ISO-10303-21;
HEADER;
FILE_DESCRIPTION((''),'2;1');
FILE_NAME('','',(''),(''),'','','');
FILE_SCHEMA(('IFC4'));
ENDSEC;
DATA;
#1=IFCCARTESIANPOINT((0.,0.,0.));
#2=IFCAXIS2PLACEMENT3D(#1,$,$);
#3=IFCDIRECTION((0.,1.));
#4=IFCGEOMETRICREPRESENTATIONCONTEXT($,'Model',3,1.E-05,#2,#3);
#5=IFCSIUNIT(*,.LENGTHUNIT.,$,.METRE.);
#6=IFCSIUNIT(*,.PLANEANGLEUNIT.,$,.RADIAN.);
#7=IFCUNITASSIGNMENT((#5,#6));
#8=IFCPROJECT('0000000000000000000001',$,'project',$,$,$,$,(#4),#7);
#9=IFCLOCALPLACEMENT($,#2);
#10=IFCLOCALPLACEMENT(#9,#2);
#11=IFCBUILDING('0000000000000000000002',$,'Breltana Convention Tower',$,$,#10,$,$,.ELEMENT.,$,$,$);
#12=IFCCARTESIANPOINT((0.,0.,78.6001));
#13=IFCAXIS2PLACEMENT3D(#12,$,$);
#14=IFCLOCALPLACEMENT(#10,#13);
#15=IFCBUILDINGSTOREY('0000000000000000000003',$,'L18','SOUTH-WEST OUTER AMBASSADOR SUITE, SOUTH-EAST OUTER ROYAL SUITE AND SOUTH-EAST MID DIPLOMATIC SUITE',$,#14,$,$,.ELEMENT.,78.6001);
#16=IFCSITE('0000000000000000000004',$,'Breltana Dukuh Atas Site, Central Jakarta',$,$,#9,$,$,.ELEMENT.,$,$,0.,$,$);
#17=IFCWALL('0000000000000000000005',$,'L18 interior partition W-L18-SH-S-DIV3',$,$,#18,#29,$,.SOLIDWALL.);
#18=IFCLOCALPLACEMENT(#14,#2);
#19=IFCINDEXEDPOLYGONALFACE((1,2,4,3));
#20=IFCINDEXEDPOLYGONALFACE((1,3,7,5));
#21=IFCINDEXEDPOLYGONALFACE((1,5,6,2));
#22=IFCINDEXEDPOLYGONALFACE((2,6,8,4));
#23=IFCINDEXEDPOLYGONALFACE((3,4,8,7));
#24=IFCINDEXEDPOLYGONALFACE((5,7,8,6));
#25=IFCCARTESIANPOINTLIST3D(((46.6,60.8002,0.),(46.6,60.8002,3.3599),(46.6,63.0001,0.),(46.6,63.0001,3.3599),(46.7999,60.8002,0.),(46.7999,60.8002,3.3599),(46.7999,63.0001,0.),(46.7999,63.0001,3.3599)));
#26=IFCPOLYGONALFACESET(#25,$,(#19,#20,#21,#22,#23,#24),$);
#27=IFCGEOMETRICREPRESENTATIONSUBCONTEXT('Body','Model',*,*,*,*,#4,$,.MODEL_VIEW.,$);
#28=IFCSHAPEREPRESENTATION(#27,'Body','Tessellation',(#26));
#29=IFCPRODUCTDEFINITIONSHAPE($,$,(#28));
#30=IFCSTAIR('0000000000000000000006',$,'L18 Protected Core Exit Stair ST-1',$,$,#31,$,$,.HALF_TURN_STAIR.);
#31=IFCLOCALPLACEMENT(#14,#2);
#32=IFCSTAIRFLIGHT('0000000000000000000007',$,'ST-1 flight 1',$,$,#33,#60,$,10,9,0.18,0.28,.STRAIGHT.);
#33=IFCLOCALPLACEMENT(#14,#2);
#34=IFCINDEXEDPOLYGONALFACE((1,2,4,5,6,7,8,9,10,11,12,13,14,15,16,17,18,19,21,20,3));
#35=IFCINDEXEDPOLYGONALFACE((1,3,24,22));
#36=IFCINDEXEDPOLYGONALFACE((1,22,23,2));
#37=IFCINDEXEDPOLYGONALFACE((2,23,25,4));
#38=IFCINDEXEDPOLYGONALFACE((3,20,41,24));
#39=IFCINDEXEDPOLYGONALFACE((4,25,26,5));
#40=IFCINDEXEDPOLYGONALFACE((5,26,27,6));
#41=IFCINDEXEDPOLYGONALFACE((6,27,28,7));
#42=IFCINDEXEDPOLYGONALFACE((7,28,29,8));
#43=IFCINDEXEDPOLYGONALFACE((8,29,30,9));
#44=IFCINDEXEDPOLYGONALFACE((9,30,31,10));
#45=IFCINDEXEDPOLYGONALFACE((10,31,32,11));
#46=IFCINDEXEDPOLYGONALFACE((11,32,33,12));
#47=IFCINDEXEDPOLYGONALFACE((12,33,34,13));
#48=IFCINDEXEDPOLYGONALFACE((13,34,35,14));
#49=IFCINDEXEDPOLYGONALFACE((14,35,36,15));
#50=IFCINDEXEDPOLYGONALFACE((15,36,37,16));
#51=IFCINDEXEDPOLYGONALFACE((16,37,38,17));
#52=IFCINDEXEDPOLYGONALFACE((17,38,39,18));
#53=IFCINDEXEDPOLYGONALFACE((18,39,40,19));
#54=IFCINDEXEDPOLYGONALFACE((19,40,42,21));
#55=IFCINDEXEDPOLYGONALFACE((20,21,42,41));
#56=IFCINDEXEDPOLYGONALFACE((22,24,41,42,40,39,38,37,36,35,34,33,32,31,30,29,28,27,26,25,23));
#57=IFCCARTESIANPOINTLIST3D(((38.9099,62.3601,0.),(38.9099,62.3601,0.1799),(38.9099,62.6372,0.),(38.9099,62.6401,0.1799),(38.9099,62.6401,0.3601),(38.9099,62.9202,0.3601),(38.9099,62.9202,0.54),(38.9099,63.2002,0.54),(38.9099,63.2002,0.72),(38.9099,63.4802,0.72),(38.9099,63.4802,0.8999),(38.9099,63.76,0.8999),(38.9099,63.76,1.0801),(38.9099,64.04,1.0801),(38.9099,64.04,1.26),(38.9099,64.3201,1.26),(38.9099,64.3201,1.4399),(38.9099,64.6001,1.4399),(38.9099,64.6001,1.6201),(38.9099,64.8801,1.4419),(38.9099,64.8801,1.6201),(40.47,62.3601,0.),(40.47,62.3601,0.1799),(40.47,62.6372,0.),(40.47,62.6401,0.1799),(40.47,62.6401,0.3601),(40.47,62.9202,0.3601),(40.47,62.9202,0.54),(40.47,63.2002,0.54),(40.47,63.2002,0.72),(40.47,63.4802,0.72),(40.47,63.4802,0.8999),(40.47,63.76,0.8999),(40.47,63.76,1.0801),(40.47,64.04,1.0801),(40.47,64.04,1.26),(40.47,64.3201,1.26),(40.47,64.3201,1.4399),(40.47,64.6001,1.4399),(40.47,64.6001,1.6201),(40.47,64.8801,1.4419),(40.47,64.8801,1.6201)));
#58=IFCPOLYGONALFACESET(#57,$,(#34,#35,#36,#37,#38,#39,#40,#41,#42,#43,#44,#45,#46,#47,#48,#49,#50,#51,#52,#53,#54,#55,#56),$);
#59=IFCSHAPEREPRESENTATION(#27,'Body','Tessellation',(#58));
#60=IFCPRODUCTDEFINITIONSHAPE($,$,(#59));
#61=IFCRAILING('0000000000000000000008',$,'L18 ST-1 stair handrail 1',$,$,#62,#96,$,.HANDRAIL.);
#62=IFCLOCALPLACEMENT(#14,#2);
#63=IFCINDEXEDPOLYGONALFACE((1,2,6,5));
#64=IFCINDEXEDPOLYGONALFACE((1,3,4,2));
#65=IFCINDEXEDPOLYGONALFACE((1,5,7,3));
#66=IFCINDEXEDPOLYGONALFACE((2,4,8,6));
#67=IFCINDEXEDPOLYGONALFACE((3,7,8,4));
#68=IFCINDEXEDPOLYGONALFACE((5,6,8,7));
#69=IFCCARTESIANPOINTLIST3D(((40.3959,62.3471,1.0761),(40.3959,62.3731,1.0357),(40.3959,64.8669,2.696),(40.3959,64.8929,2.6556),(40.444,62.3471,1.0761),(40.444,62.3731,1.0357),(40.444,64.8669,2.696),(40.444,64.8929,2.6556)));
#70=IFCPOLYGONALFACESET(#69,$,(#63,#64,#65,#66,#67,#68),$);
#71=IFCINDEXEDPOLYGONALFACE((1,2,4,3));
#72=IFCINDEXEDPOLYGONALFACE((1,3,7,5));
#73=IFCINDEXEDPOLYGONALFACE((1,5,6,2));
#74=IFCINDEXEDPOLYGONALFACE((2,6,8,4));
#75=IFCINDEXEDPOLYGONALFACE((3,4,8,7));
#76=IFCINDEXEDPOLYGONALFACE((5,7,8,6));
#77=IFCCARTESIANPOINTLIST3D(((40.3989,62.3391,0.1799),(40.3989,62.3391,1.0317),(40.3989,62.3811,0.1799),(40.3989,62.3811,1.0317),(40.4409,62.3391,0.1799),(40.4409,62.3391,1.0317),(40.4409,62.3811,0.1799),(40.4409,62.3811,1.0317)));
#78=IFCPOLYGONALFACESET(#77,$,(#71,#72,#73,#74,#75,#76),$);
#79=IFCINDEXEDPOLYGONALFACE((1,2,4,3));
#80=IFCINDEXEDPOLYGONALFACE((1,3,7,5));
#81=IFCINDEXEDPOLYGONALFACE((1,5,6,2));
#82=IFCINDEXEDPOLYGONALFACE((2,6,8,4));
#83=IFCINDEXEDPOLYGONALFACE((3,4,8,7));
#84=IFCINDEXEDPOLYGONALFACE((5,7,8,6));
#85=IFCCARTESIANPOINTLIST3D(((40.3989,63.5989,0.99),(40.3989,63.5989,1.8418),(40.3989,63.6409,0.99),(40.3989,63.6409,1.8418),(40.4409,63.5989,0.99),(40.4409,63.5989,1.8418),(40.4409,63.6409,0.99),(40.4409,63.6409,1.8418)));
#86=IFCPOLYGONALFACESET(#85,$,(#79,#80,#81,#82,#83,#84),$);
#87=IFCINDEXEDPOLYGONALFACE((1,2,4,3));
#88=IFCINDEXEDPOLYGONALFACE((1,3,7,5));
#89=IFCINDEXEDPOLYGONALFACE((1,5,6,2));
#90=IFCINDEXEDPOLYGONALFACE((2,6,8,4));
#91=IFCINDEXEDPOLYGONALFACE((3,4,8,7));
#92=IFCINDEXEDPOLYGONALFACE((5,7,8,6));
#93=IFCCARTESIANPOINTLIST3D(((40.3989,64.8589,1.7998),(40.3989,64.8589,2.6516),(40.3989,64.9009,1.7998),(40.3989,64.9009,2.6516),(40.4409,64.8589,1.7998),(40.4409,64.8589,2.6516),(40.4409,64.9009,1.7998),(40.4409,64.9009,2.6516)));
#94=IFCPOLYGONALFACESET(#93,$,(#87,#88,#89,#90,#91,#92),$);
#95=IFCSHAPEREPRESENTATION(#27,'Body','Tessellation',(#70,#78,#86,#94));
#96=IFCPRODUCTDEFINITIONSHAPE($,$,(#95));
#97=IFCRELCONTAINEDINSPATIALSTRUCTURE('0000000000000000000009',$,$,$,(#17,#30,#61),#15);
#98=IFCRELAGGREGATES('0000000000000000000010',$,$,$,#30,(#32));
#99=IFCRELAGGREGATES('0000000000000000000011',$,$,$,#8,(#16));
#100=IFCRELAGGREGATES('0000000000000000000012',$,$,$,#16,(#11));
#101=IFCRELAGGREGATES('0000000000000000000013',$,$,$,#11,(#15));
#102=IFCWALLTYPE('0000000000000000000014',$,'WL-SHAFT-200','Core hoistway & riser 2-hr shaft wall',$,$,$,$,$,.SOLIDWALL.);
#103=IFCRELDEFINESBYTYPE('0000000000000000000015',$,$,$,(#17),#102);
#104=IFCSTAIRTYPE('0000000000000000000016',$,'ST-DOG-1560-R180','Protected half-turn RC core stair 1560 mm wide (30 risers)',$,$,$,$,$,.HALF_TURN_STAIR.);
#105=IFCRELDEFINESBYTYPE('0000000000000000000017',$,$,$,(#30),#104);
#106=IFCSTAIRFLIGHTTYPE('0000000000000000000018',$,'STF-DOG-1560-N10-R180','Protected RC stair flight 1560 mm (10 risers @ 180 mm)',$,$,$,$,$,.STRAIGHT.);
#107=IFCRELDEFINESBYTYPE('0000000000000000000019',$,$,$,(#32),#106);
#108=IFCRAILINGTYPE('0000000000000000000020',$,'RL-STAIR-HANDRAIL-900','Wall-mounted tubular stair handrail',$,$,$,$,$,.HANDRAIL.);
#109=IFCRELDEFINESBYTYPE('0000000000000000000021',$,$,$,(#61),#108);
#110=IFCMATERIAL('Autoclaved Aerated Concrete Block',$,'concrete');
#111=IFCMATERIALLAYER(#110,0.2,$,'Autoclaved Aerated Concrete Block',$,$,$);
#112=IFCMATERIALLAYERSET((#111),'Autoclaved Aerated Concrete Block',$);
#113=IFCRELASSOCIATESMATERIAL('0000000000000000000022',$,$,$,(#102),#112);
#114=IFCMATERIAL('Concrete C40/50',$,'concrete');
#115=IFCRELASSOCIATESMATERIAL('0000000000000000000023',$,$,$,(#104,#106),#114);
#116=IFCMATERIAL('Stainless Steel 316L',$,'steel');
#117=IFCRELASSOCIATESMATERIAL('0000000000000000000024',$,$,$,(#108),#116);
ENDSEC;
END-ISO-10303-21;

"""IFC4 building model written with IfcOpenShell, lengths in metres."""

from ifc_helpers import new_model, si_unit, direction, frame, frame_2d, origin, origin_2d, place, context, subcontext, project, spatial, polyline, rectangle, outline, extrude, source, transform, mapped, material, layer, layer_set, type_object, element, aggregate, save


model = new_model("IFC4")

# Units and contexts
model_context = context("Model", 3, precision=1e-05, world=origin(), true_north=direction((0.0, 1.0)))
body_context = subcontext(model_context, "Body", "Model", "MODEL_VIEW")
ifc_project = project(units=[si_unit("LENGTHUNIT", "METRE"), si_unit("PLANEANGLEUNIT", "RADIAN")], contexts=[model_context])

# Site, building, storey
site_placement = place(None, origin())
site = spatial("IfcSite", under=ifc_project, at=site_placement, Name="Breltana Dukuh Atas Site, Central Jakarta", CompositionType="ELEMENT", RefElevation=0.0)
building_placement = place(site_placement, origin())
building = spatial("IfcBuilding", under=site, at=building_placement, Name="Breltana Convention Tower", CompositionType="ELEMENT")
storey_placement = place(building_placement, frame((0.0, 0.0, 78.6001)))
storey = spatial("IfcBuildingStorey", under=building, at=storey_placement, Name="L18", Description="SOUTH-WEST OUTER AMBASSADOR SUITE, SOUTH-EAST OUTER ROYAL SUITE AND SOUTH-EAST MID DIPLOMATIC SUITE", CompositionType="ELEMENT", Elevation=78.6001)

# Shared definitions
ifc_material_1 = material(Name="Autoclaved Aerated Concrete Block", Category="concrete")
ifc_layer_1 = layer(ifc_material_1, 0.2, Name="Autoclaved Aerated Concrete Block")
ifc_layer_set_1 = layer_set([ifc_layer_1], Name="Autoclaved Aerated Concrete Block")
wall_type_1 = type_object("IfcWallType", Name="WL-SHAFT-200", Description="Core hoistway & riser 2-hr shaft wall", PredefinedType="SOLIDWALL", material=ifc_layer_set_1)

# Wall
shared_shape_1 = source(origin(), body_context, "Body", "SweptSolid", [
    extrude(rectangle(XDim=2.2, YDim=0.2, at=frame_2d((1.1001, 0.0))), origin(), (0.0, 0.0, 1.0), 3.3599),
])
for number, where, z_axis, x_axis, name in (
    (1, (46.7, 60.8, 0.0), (0.0, 0.0, 1.0), (0.0, 1.0, 0.0), "L18 interior partition W-L18-SH-S-DIV3"),
):
    element("IfcWall", number, at=place(storey_placement, frame(where, z_axis=z_axis, x_axis=x_axis)), inside=storey, type_object=wall_type_1, Name=name, PredefinedType="SOLIDWALL", context=body_context, shape_type="MappedRepresentation", body=[
        mapped(shared_shape_1, transform((0.0, 0.0, 0.0), scale=1.0)),
    ])

# Stair, stair flight
ifc_material_2 = material(Name="Concrete C40/50", Category="concrete")
stair_type = type_object("IfcStairType", Name="ST-DOG-1560-R180", Description="Protected half-turn RC core stair 1560 mm wide (30 risers)", PredefinedType="HALF_TURN_STAIR", material=ifc_material_2)
stair_placement = place(storey_placement, origin())
stair = element("IfcStair", 2, at=stair_placement, inside=storey, type_object=stair_type, Name="L18 Protected Core Exit Stair ST-1", PredefinedType="HALF_TURN_STAIR")
stair_flight_type = type_object("IfcStairFlightType", Name="STF-DOG-1560-N10-R180", Description="Protected RC stair flight 1560 mm (10 risers @ 180 mm)", PredefinedType="STRAIGHT", material=ifc_material_2)
stair_flight_placement = place(storey_placement, frame((39.6899, 62.3601, 0.0), z_axis=(0.0, 0.0, 1.0), x_axis=(0.0, 1.0, 0.0)))
stair_flight = element("IfcStairFlight", 3, at=stair_flight_placement, type_object=stair_flight_type, Name="ST-1 flight 1", NumberOfRisers=10, NumberOfTreads=9, PredefinedType="STRAIGHT", RiserHeight=0.18, TreadLength=0.28, context=body_context, shape_type="SweptSolid", body=[
    extrude(outline(polyline([(0.0, 0.0), (0.0, 0.1799), (0.28, 0.1799), (0.28, 0.3601), (0.5601, 0.3601), (0.5601, 0.54), (0.8401, 0.54), (0.8401, 0.72), (1.1201, 0.72), (1.1201, 0.8999), (1.3999, 0.8999), (1.3999, 1.0801), (1.6799, 1.0801), (1.6799, 1.26), (1.96, 1.26), (1.96, 1.4399), (2.24, 1.4399), (2.24, 1.6201), (2.52, 1.6201), (2.52, 1.8), (2.52, 1.4419), (0.2771, 0.0), (0.0, 0.0)])), frame((0.0, 0.78, 0.0), z_axis=(0.0, -1.0, 0.0), x_axis=(1.0, 0.0, 0.0)), (0.0, 0.0, 1.0), 1.5601),
])
aggregate(stair, [stair_flight])

# Railing
ifc_material_3 = material(Name="Stainless Steel 316L", Category="steel")
railing_type = type_object("IfcRailingType", Name="RL-STAIR-HANDRAIL-900", Description="Wall-mounted tubular stair handrail", PredefinedType="HANDRAIL", material=ifc_material_3)
railing_placement = place(storey_placement, frame((40.4199, 62.3601, 0.1799)))
element("IfcRailing", 4, at=railing_placement, inside=storey, type_object=railing_type, Name="L18 ST-1 stair handrail 1", PredefinedType="HANDRAIL", context=body_context, shape_type="SweptSolid", body=[
    extrude(rectangle(XDim=0.0481, YDim=0.0481, at=origin_2d()), frame((0.0, 0.0, 0.876), z_axis=(0.0, 0.841176, 0.540762), x_axis=(-1.0, 0.0, 0.0)), (0.0, 0.0, 1.0), 2.9956),
    extrude(rectangle(XDim=0.042, YDim=0.042, at=origin_2d()), origin(), (0.0, 0.0, 1.0), 0.8518),
    extrude(rectangle(XDim=0.042, YDim=0.042, at=origin_2d()), frame((0.0, 1.2598, 0.8101)), (0.0, 0.0, 1.0), 0.8518),
    extrude(rectangle(XDim=0.042, YDim=0.042, at=origin_2d()), frame((0.0, 2.5198, 1.6199)), (0.0, 0.0, 1.0), 0.8518),
])

save(model, "model.ifc")
